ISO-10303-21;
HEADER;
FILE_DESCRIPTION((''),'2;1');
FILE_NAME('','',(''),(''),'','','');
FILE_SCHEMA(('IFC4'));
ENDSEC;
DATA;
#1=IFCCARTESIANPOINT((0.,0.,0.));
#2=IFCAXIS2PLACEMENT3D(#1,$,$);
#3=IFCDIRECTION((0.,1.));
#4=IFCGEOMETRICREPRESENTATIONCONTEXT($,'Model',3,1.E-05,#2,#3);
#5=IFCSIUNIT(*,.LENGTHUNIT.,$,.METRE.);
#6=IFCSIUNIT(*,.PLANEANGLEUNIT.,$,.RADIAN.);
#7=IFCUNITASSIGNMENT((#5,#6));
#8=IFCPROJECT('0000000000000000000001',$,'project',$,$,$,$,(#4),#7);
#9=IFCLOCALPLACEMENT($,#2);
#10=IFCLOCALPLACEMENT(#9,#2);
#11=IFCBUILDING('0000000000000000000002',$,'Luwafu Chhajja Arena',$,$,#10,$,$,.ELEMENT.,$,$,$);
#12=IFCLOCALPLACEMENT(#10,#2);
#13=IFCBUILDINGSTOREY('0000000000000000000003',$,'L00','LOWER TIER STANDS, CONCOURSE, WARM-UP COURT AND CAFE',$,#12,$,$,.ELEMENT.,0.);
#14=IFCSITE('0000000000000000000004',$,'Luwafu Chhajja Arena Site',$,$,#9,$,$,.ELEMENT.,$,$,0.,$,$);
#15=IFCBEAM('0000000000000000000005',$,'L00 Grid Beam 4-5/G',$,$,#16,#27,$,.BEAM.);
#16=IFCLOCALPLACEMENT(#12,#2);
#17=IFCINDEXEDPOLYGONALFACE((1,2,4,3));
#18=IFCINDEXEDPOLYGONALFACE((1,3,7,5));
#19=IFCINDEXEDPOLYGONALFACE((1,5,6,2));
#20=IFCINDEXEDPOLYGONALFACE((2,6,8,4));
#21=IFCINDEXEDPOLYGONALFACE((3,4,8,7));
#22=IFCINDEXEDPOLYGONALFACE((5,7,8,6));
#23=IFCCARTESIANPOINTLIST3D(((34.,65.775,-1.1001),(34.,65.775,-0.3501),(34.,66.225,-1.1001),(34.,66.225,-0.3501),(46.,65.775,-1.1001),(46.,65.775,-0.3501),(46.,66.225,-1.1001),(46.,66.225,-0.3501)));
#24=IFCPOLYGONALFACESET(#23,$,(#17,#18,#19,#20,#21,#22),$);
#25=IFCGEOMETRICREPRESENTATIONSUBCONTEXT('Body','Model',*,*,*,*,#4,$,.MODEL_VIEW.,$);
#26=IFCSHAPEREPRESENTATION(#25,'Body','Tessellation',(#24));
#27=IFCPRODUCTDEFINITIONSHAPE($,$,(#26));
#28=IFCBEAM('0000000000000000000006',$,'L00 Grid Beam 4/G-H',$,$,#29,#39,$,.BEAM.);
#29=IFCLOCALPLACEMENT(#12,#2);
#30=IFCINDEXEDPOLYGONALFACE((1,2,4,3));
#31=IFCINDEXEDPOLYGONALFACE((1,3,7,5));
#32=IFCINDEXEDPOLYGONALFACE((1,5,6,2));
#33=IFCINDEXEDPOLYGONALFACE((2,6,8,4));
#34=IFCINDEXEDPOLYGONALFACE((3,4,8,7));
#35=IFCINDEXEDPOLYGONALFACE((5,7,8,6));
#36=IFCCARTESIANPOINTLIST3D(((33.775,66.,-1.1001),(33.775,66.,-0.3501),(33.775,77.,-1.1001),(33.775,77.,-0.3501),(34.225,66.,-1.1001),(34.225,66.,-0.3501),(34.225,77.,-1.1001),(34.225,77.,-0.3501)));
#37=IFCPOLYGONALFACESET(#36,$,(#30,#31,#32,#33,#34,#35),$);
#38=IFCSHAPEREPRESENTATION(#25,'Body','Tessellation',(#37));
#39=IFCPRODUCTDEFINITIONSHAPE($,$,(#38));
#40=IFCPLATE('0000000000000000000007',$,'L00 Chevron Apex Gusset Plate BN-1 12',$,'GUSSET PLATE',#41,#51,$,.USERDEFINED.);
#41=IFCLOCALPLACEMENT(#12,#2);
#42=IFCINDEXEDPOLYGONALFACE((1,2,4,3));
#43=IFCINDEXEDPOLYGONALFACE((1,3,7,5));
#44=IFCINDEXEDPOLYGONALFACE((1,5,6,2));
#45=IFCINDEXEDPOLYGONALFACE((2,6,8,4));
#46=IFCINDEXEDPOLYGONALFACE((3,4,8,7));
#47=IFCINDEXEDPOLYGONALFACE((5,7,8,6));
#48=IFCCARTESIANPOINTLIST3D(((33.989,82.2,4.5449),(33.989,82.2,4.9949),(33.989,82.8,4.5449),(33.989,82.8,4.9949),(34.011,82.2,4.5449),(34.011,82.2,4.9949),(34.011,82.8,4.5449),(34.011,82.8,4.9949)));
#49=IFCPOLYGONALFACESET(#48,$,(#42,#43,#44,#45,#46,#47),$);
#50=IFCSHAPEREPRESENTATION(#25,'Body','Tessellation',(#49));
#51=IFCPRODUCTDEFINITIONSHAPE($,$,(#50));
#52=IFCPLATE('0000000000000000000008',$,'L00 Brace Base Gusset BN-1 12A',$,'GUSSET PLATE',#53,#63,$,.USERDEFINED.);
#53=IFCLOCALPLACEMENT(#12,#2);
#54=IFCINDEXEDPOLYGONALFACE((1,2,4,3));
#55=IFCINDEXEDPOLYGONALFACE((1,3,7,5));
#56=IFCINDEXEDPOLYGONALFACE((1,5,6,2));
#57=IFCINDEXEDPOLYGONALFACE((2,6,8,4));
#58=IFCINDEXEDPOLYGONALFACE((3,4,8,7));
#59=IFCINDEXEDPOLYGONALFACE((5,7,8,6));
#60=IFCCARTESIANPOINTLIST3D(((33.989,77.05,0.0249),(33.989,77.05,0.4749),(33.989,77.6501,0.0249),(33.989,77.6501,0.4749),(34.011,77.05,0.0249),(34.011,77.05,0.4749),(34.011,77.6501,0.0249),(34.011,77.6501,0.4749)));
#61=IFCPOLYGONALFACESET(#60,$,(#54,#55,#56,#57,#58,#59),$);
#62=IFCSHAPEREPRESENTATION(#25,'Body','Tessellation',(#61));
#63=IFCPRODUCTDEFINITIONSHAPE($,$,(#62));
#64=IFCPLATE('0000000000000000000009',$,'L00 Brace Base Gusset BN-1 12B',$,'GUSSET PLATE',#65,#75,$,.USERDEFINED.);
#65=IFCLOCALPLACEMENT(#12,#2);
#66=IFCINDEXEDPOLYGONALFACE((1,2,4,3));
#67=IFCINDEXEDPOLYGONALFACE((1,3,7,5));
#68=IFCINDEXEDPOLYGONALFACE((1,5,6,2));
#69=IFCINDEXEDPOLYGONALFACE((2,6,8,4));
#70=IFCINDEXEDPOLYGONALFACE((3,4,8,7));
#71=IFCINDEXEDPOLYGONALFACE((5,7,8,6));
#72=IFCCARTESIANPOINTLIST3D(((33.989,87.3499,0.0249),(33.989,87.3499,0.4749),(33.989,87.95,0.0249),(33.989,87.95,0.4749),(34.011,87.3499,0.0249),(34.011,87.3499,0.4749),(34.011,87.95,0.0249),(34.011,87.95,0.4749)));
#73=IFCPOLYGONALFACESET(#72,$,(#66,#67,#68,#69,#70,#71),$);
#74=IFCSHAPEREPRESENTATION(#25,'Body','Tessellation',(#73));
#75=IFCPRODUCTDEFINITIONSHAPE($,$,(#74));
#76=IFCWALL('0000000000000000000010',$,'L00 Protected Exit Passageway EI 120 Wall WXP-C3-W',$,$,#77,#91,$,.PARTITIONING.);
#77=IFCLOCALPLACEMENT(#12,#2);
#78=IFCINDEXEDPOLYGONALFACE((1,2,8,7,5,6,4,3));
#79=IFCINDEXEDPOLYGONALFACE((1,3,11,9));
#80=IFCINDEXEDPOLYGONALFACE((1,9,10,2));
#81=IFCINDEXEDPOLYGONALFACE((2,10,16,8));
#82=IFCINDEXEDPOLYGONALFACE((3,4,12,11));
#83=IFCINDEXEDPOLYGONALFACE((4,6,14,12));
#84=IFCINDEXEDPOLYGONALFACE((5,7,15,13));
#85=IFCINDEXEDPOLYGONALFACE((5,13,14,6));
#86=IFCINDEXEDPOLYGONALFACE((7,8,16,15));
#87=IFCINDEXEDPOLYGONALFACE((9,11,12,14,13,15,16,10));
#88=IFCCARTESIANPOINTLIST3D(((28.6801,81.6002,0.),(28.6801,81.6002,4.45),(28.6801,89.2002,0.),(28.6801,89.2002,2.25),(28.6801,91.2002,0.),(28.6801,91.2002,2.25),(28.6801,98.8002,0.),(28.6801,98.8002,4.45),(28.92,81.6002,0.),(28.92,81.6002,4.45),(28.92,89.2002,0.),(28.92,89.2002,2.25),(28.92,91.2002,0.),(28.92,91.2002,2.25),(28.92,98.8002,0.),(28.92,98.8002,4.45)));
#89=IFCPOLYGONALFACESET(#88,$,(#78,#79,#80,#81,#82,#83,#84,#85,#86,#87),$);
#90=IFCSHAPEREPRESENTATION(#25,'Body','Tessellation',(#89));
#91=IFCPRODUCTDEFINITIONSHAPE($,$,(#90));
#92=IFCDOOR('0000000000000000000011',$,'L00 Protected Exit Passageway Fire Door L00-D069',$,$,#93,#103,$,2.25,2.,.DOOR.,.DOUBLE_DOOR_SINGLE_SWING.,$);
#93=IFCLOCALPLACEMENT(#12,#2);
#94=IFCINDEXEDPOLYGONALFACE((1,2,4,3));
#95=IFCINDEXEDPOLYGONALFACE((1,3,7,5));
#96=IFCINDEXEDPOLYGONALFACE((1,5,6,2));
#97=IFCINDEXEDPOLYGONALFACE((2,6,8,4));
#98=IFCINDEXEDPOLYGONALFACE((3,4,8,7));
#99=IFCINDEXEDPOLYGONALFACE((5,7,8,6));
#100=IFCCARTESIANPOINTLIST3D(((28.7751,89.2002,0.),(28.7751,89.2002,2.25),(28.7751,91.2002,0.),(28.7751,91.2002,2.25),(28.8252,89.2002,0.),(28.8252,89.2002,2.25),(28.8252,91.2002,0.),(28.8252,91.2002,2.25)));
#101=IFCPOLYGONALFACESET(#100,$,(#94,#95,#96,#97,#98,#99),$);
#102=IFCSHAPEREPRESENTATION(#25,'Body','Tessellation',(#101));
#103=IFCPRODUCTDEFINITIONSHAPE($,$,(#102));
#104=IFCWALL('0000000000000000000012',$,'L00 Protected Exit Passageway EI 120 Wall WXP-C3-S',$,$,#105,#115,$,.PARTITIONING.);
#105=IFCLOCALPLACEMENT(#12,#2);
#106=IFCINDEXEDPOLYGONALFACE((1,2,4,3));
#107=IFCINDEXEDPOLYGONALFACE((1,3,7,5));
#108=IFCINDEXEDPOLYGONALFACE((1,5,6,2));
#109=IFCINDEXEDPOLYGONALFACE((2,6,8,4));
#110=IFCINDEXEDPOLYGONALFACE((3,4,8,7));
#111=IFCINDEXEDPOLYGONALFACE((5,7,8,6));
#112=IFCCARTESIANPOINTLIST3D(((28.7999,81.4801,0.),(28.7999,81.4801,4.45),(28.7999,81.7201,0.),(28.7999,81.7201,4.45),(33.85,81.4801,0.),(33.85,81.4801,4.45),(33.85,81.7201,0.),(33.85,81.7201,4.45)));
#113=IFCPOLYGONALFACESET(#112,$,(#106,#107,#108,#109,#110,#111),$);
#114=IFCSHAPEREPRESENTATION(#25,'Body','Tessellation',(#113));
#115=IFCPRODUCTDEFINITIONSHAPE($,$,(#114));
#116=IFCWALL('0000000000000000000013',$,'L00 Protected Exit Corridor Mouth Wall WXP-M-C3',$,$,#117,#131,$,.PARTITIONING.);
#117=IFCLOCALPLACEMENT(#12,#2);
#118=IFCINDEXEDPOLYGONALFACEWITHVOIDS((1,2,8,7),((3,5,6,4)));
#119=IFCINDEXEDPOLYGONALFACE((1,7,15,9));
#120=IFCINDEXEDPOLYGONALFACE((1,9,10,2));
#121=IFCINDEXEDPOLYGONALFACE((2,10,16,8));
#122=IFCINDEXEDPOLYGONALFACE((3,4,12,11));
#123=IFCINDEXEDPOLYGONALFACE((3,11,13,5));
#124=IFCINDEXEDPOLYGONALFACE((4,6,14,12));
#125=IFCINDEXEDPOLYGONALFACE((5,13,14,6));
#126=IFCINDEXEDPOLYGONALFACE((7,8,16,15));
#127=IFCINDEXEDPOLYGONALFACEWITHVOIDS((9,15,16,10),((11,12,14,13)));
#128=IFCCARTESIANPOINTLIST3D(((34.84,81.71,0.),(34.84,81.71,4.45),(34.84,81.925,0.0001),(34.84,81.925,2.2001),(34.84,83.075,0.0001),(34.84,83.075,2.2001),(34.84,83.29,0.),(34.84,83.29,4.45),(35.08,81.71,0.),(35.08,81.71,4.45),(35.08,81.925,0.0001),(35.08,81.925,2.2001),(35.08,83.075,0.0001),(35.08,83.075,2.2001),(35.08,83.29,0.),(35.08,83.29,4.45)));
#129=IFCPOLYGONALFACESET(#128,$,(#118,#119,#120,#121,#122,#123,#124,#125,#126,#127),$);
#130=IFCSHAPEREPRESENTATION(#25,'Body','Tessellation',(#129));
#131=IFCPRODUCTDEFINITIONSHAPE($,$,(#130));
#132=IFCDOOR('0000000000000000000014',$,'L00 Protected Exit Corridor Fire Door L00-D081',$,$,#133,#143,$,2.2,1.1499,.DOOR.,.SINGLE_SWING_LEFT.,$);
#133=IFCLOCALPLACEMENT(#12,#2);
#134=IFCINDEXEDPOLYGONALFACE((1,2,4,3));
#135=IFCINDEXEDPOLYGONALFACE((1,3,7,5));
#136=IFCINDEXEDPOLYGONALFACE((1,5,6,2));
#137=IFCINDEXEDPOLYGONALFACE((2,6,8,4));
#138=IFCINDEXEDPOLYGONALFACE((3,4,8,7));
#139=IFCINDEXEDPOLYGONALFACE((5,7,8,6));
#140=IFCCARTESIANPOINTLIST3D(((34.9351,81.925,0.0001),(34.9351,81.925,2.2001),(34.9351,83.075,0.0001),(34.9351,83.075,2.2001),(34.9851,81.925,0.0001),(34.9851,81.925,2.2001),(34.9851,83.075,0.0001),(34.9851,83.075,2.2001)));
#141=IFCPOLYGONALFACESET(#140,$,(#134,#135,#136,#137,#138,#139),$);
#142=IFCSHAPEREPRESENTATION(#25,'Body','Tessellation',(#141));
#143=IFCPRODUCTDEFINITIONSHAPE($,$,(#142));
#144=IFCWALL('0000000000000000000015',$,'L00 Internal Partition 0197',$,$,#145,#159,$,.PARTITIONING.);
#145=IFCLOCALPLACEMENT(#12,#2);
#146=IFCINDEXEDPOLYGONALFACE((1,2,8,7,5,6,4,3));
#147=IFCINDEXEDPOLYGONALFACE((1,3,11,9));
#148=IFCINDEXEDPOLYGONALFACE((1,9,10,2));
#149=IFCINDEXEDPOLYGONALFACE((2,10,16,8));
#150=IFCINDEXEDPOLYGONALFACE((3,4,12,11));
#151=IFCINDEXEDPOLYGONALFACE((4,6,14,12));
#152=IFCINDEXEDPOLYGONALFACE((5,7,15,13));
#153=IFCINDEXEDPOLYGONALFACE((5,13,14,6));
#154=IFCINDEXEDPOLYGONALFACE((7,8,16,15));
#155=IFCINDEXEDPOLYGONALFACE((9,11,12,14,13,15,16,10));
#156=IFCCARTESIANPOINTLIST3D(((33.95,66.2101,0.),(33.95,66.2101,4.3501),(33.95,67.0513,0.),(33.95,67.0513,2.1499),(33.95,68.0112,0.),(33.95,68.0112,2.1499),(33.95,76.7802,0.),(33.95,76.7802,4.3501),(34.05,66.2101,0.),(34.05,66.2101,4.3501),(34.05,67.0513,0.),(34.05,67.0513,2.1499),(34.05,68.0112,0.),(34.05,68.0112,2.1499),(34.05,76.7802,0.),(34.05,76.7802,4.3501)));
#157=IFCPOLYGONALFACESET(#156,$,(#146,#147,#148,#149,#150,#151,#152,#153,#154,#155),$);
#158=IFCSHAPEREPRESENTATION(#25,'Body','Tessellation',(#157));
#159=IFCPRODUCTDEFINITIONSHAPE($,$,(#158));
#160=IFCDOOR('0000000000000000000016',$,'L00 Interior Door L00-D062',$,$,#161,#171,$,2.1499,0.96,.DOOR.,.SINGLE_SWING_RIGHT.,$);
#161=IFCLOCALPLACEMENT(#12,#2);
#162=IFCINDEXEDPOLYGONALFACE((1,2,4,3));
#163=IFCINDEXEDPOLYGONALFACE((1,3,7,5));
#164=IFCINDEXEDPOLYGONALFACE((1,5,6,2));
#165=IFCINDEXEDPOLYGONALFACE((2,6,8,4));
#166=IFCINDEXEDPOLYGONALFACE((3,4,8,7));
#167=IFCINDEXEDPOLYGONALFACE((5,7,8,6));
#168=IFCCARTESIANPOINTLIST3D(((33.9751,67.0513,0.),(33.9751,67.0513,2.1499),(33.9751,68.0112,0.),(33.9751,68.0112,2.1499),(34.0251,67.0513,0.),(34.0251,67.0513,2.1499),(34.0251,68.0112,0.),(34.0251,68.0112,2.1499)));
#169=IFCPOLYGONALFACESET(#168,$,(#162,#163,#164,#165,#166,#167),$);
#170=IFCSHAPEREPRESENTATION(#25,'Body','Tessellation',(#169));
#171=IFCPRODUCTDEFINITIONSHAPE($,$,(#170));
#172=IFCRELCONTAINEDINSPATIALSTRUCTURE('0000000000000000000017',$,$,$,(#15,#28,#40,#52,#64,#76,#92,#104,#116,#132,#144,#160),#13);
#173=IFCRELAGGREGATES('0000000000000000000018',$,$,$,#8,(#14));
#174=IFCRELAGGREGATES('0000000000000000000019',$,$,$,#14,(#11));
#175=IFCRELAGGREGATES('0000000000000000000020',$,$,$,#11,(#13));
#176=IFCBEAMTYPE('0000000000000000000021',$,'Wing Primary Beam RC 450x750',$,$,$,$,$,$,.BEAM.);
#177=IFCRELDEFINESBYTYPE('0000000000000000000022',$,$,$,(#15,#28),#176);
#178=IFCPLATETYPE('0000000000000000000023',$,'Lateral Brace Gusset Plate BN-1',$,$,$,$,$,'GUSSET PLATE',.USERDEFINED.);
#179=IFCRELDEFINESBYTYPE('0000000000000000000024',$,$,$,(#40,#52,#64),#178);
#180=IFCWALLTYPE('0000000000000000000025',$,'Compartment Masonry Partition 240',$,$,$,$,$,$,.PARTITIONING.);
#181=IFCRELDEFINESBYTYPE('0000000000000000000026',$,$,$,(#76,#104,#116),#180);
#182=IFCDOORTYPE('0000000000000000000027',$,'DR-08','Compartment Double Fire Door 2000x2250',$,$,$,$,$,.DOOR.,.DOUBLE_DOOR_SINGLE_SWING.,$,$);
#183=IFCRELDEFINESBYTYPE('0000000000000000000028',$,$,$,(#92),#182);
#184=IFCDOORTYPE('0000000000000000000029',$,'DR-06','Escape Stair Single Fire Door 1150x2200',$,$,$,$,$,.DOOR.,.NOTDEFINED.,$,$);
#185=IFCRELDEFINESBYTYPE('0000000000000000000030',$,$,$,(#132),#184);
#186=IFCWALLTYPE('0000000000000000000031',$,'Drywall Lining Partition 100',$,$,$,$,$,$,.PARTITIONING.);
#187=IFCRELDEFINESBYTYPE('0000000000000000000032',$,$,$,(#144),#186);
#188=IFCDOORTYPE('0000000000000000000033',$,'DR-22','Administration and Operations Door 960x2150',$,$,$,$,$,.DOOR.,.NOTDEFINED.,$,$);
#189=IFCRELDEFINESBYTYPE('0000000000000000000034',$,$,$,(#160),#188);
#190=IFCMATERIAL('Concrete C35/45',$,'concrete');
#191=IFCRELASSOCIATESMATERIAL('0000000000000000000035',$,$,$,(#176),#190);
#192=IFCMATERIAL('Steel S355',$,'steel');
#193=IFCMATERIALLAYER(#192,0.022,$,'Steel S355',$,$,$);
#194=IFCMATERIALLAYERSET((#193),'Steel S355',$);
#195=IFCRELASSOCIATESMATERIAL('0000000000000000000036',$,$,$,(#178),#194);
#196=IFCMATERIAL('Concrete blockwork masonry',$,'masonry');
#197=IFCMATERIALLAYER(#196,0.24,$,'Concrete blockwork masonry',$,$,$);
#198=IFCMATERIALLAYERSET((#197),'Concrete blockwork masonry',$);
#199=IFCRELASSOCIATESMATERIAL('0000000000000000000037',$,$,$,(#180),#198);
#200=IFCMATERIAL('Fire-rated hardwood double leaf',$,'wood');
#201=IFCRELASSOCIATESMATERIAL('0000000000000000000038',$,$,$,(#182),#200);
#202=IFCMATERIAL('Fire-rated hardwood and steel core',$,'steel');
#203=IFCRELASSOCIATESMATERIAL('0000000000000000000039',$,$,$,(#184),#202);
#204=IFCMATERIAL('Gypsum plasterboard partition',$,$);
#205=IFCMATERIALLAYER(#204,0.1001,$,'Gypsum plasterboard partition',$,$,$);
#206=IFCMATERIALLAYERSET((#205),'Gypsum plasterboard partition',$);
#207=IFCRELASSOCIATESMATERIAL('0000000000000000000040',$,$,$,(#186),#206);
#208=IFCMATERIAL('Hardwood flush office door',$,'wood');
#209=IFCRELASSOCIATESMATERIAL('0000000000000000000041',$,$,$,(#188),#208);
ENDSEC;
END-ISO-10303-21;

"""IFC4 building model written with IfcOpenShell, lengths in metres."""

from ifc_helpers import new_model, si_unit, direction, frame, frame_2d, origin, origin_2d, place, context, subcontext, project, spatial, rectangle, extrude, material, layer, layer_set, material_profile, profile_set, type_object, element, fill, save


model = new_model("IFC4")

# Units and contexts
model_context = context("Model", 3, precision=1e-05, world=origin(), true_north=direction((0.0, 1.0)))
body_context = subcontext(model_context, "Body", "Model", "MODEL_VIEW")
ifc_project = project(units=[si_unit("LENGTHUNIT", "METRE"), si_unit("PLANEANGLEUNIT", "RADIAN")], contexts=[model_context])

# Site, building, storey
site_placement = place(None, origin())
site = spatial("IfcSite", under=ifc_project, at=site_placement, Name="Luwafu Chhajja Arena Site", CompositionType="ELEMENT", RefElevation=0.0)
building_placement = place(site_placement, origin())
building = spatial("IfcBuilding", under=site, at=building_placement, Name="Luwafu Chhajja Arena", CompositionType="ELEMENT")
storey_placement = place(building_placement, origin())
storey = spatial("IfcBuildingStorey", under=building, at=storey_placement, Name="L00", Description="LOWER TIER STANDS, CONCOURSE, WARM-UP COURT AND CAFE", CompositionType="ELEMENT", Elevation=0.0)

# Shared definitions
ifc_material_1 = material(Name="Concrete C35/45", Category="concrete")

# Shared definitions
ifc_material_2 = material(Name="Steel S355", Category="steel")

# Beams
ifc_material_profile_1 = material_profile(ifc_material_1, rectangle(XDim=0.45, YDim=0.75, at=origin_2d()), Name="RC 450x750")
ifc_profile_set_1 = profile_set([ifc_material_profile_1], Name="Concrete C35/45")
beam_type_1 = type_object("IfcBeamType", Name="Wing Primary Beam RC 450x750", PredefinedType="BEAM", material=ifc_profile_set_1)
beam_1_placement = place(storey_placement, frame((34.0, 66.0, -0.7251), z_axis=(1.0, 0.0, 0.0), x_axis=(0.0, 1.0, 0.0)))
element("IfcBeam", 1, at=beam_1_placement, inside=storey, type_object=beam_type_1, Name="L00 Grid Beam 4-5/G", PredefinedType="BEAM", context=body_context, shape_type="SweptSolid", body=[
    extrude(rectangle(XDim=0.45, YDim=0.75, at=origin_2d()), origin(), (0.0, 0.0, 1.0), 12.0),
])
beam_2_placement = place(storey_placement, frame((34.0, 66.0, -0.7251), z_axis=(0.0, 1.0, 0.0), x_axis=(-1.0, 0.0, 0.0)))
element("IfcBeam", 2, at=beam_2_placement, inside=storey, type_object=beam_type_1, Name="L00 Grid Beam 4/G-H", PredefinedType="BEAM", context=body_context, shape_type="SweptSolid", body=[
    extrude(rectangle(XDim=0.45, YDim=0.75, at=origin_2d()), origin(), (0.0, 0.0, 1.0), 11.0),
])

# Plates
ifc_layer_1 = layer(ifc_material_2, 0.022, Name="Steel S355")
ifc_layer_set_1 = layer_set([ifc_layer_1], Name="Steel S355")
plate_type = type_object("IfcPlateType", Name="Lateral Brace Gusset Plate BN-1", ElementType="GUSSET PLATE", PredefinedType="USERDEFINED", material=ifc_layer_set_1)
for number, where, z_axis, x_axis, name in (
    (3, (34.0, 82.5, 4.5449), (0.0, 0.0, 1.0), (1.0, 0.0, 0.0), "L00 Chevron Apex Gusset Plate BN-1 12"),
    (4, (34.0, 77.3501, 0.0249), (0.0, 0.0, 1.0), (1.0, 0.0, 0.0), "L00 Brace Base Gusset BN-1 12A"),
    (5, (34.0, 87.6499, 0.0249), (0.0, 0.0, 1.0), (1.0, 0.0, 0.0), "L00 Brace Base Gusset BN-1 12B"),
):
    element("IfcPlate", number, at=place(storey_placement, frame(where, z_axis=z_axis, x_axis=x_axis)), inside=storey, type_object=plate_type, Name=name, ObjectType="GUSSET PLATE", PredefinedType="USERDEFINED", context=body_context, shape_type="SweptSolid", body=[
        extrude(rectangle(XDim=0.022, YDim=0.6001, at=origin_2d()), origin(), (0.0, 0.0, 1.0), 0.45),
    ])

# Wall, opening, door
ifc_material_3 = material(Name="Concrete blockwork masonry", Category="masonry")
ifc_layer_2 = layer(ifc_material_3, 0.24, Name="Concrete blockwork masonry")
ifc_layer_set_2 = layer_set([ifc_layer_2], Name="Concrete blockwork masonry")
wall_type_1 = type_object("IfcWallType", Name="Compartment Masonry Partition 240", PredefinedType="PARTITIONING", material=ifc_layer_set_2)
wall_1_placement = place(storey_placement, frame((28.8, 81.6001, 0.0), z_axis=(0.0, 0.0, 1.0), x_axis=(0.0, 1.0, 0.0)))
wall_1 = element("IfcWall", 6, at=wall_1_placement, inside=storey, type_object=wall_type_1, Name="L00 Protected Exit Passageway EI 120 Wall WXP-C3-W", PredefinedType="PARTITIONING", context=body_context, shape_type="SweptSolid", body=[
    extrude(rectangle(XDim=17.2, YDim=0.24, at=frame_2d((8.6001, 0.0))), origin(), (0.0, 0.0, 1.0), 4.45),
])
opening_1_placement = place(wall_1_placement, frame((7.6001, 0.0, 0.0)))
opening_1 = element("IfcOpeningElement", 7, at=opening_1_placement, cuts=wall_1, PredefinedType="OPENING", context=body_context, shape_type="SweptSolid", body=[
    extrude(rectangle(XDim=2.0, YDim=2.25, at=frame_2d((1.0, 1.125))), frame((0.0, 0.1299, 0.0), z_axis=(0.0, -1.0, 0.0), x_axis=(1.0, 0.0, 0.0)), (0.0, 0.0, 1.0), 0.26),
])
ifc_material_4 = material(Name="Fire-rated hardwood double leaf", Category="wood")
door_type_1 = type_object("IfcDoorType", Name="DR-08", Description="Compartment Double Fire Door 2000x2250", OperationType="DOUBLE_DOOR_SINGLE_SWING", PredefinedType="DOOR", material=ifc_material_4)
door_1_placement = place(opening_1_placement, origin())
door_1 = element("IfcDoor", 8, at=door_1_placement, inside=storey, type_object=door_type_1, Name="L00 Protected Exit Passageway Fire Door L00-D069", OperationType="DOUBLE_DOOR_SINGLE_SWING", OverallHeight=2.25, OverallWidth=2.0, PredefinedType="DOOR", context=body_context, shape_type="SweptSolid", body=[
    extrude(rectangle(XDim=2.0, YDim=2.25, at=frame_2d((1.0, 1.125))), frame((0.0, 0.0249, 0.0), z_axis=(0.0, -1.0, 0.0), x_axis=(1.0, 0.0, 0.0)), (0.0, 0.0, 1.0), 0.05),
])
fill(opening_1, door_1)

# Wall
wall_2_placement = place(storey_placement, frame((28.8, 81.6001, 0.0), z_axis=(0.0, 0.0, 1.0), x_axis=(1.0, 0.0, 0.0)))
element("IfcWall", 9, at=wall_2_placement, inside=storey, type_object=wall_type_1, Name="L00 Protected Exit Passageway EI 120 Wall WXP-C3-S", PredefinedType="PARTITIONING", context=body_context, shape_type="SweptSolid", body=[
    extrude(rectangle(XDim=5.05, YDim=0.24, at=frame_2d((2.5249, 0.0))), origin(), (0.0, 0.0, 1.0), 4.45),
])

# Walls, openings, doors
wall_3_placement = place(storey_placement, frame((34.96, 81.71, 0.0), z_axis=(0.0, 0.0, 1.0), x_axis=(0.0, 1.0, 0.0)))
wall_3 = element("IfcWall", 10, at=wall_3_placement, inside=storey, type_object=wall_type_1, Name="L00 Protected Exit Corridor Mouth Wall WXP-M-C3", PredefinedType="PARTITIONING", context=body_context, shape_type="SweptSolid", body=[
    extrude(rectangle(XDim=1.5801, YDim=0.24, at=frame_2d((0.79, 0.0))), origin(), (0.0, 0.0, 1.0), 4.45),
])
opening_2_placement = place(wall_3_placement, frame((0.2151, 0.0, 0.0)))
opening_2 = element("IfcOpeningElement", 11, at=opening_2_placement, cuts=wall_3, PredefinedType="OPENING", context=body_context, shape_type="SweptSolid", body=[
    extrude(rectangle(XDim=1.1499, YDim=2.2, at=frame_2d((0.575, 1.1001))), frame((0.0, 0.1299, 0.0), z_axis=(0.0, -1.0, 0.0), x_axis=(1.0, 0.0, 0.0)), (0.0, 0.0, 1.0), 0.26),
])
ifc_material_5 = material(Name="Fire-rated hardwood and steel core", Category="steel")
door_type_2 = type_object("IfcDoorType", Name="DR-06", Description="Escape Stair Single Fire Door 1150x2200", OperationType="NOTDEFINED", PredefinedType="DOOR", material=ifc_material_5)
door_2_placement = place(opening_2_placement, origin())
door_2 = element("IfcDoor", 12, at=door_2_placement, inside=storey, type_object=door_type_2, Name="L00 Protected Exit Corridor Fire Door L00-D081", OperationType="SINGLE_SWING_LEFT", OverallHeight=2.2, OverallWidth=1.1499, PredefinedType="DOOR", context=body_context, shape_type="SweptSolid", body=[
    extrude(rectangle(XDim=1.1499, YDim=2.2, at=frame_2d((0.575, 1.1001))), frame((0.0, 0.0249, 0.0), z_axis=(0.0, -1.0, 0.0), x_axis=(1.0, 0.0, 0.0)), (0.0, 0.0, 1.0), 0.05),
])
fill(opening_2, door_2)
ifc_material_6 = material(Name="Gypsum plasterboard partition")
ifc_layer_3 = layer(ifc_material_6, 0.1001, Name="Gypsum plasterboard partition")
ifc_layer_set_3 = layer_set([ifc_layer_3], Name="Gypsum plasterboard partition")
wall_type_2 = type_object("IfcWallType", Name="Drywall Lining Partition 100", PredefinedType="PARTITIONING", material=ifc_layer_set_3)
wall_4_placement = place(storey_placement, frame((34.0, 66.21, 0.0), z_axis=(0.0, 0.0, 1.0), x_axis=(0.0, 1.0, 0.0)))
wall_4 = element("IfcWall", 13, at=wall_4_placement, inside=storey, type_object=wall_type_2, Name="L00 Internal Partition 0197", PredefinedType="PARTITIONING", context=body_context, shape_type="SweptSolid", body=[
    extrude(rectangle(XDim=10.5701, YDim=0.1001, at=frame_2d((5.2852, 0.0))), origin(), (0.0, 0.0, 1.0), 4.3501),
])
opening_3_placement = place(wall_4_placement, frame((0.8413, 0.0, 0.0)))
opening_3 = element("IfcOpeningElement", 14, at=opening_3_placement, cuts=wall_4, PredefinedType="OPENING", context=body_context, shape_type="SweptSolid", body=[
    extrude(rectangle(XDim=0.96, YDim=2.1499, at=frame_2d((0.48, 1.075))), frame((0.0, 0.0601, 0.0), z_axis=(0.0, -1.0, 0.0), x_axis=(1.0, 0.0, 0.0)), (0.0, 0.0, 1.0), 0.1201),
])
ifc_material_7 = material(Name="Hardwood flush office door", Category="wood")
door_type_3 = type_object("IfcDoorType", Name="DR-22", Description="Administration and Operations Door 960x2150", OperationType="NOTDEFINED", PredefinedType="DOOR", material=ifc_material_7)
door_3_placement = place(opening_3_placement, origin())
door_3 = element("IfcDoor", 15, at=door_3_placement, inside=storey, type_object=door_type_3, Name="L00 Interior Door L00-D062", OperationType="SINGLE_SWING_RIGHT", OverallHeight=2.1499, OverallWidth=0.96, PredefinedType="DOOR", context=body_context, shape_type="SweptSolid", body=[
    extrude(rectangle(XDim=0.96, YDim=2.1499, at=frame_2d((0.48, 1.075))), frame((0.0, 0.0249, 0.0), z_axis=(0.0, -1.0, 0.0), x_axis=(1.0, 0.0, 0.0)), (0.0, 0.0, 1.0), 0.05),
])
fill(opening_3, door_3)

save(model, "model.ifc")
